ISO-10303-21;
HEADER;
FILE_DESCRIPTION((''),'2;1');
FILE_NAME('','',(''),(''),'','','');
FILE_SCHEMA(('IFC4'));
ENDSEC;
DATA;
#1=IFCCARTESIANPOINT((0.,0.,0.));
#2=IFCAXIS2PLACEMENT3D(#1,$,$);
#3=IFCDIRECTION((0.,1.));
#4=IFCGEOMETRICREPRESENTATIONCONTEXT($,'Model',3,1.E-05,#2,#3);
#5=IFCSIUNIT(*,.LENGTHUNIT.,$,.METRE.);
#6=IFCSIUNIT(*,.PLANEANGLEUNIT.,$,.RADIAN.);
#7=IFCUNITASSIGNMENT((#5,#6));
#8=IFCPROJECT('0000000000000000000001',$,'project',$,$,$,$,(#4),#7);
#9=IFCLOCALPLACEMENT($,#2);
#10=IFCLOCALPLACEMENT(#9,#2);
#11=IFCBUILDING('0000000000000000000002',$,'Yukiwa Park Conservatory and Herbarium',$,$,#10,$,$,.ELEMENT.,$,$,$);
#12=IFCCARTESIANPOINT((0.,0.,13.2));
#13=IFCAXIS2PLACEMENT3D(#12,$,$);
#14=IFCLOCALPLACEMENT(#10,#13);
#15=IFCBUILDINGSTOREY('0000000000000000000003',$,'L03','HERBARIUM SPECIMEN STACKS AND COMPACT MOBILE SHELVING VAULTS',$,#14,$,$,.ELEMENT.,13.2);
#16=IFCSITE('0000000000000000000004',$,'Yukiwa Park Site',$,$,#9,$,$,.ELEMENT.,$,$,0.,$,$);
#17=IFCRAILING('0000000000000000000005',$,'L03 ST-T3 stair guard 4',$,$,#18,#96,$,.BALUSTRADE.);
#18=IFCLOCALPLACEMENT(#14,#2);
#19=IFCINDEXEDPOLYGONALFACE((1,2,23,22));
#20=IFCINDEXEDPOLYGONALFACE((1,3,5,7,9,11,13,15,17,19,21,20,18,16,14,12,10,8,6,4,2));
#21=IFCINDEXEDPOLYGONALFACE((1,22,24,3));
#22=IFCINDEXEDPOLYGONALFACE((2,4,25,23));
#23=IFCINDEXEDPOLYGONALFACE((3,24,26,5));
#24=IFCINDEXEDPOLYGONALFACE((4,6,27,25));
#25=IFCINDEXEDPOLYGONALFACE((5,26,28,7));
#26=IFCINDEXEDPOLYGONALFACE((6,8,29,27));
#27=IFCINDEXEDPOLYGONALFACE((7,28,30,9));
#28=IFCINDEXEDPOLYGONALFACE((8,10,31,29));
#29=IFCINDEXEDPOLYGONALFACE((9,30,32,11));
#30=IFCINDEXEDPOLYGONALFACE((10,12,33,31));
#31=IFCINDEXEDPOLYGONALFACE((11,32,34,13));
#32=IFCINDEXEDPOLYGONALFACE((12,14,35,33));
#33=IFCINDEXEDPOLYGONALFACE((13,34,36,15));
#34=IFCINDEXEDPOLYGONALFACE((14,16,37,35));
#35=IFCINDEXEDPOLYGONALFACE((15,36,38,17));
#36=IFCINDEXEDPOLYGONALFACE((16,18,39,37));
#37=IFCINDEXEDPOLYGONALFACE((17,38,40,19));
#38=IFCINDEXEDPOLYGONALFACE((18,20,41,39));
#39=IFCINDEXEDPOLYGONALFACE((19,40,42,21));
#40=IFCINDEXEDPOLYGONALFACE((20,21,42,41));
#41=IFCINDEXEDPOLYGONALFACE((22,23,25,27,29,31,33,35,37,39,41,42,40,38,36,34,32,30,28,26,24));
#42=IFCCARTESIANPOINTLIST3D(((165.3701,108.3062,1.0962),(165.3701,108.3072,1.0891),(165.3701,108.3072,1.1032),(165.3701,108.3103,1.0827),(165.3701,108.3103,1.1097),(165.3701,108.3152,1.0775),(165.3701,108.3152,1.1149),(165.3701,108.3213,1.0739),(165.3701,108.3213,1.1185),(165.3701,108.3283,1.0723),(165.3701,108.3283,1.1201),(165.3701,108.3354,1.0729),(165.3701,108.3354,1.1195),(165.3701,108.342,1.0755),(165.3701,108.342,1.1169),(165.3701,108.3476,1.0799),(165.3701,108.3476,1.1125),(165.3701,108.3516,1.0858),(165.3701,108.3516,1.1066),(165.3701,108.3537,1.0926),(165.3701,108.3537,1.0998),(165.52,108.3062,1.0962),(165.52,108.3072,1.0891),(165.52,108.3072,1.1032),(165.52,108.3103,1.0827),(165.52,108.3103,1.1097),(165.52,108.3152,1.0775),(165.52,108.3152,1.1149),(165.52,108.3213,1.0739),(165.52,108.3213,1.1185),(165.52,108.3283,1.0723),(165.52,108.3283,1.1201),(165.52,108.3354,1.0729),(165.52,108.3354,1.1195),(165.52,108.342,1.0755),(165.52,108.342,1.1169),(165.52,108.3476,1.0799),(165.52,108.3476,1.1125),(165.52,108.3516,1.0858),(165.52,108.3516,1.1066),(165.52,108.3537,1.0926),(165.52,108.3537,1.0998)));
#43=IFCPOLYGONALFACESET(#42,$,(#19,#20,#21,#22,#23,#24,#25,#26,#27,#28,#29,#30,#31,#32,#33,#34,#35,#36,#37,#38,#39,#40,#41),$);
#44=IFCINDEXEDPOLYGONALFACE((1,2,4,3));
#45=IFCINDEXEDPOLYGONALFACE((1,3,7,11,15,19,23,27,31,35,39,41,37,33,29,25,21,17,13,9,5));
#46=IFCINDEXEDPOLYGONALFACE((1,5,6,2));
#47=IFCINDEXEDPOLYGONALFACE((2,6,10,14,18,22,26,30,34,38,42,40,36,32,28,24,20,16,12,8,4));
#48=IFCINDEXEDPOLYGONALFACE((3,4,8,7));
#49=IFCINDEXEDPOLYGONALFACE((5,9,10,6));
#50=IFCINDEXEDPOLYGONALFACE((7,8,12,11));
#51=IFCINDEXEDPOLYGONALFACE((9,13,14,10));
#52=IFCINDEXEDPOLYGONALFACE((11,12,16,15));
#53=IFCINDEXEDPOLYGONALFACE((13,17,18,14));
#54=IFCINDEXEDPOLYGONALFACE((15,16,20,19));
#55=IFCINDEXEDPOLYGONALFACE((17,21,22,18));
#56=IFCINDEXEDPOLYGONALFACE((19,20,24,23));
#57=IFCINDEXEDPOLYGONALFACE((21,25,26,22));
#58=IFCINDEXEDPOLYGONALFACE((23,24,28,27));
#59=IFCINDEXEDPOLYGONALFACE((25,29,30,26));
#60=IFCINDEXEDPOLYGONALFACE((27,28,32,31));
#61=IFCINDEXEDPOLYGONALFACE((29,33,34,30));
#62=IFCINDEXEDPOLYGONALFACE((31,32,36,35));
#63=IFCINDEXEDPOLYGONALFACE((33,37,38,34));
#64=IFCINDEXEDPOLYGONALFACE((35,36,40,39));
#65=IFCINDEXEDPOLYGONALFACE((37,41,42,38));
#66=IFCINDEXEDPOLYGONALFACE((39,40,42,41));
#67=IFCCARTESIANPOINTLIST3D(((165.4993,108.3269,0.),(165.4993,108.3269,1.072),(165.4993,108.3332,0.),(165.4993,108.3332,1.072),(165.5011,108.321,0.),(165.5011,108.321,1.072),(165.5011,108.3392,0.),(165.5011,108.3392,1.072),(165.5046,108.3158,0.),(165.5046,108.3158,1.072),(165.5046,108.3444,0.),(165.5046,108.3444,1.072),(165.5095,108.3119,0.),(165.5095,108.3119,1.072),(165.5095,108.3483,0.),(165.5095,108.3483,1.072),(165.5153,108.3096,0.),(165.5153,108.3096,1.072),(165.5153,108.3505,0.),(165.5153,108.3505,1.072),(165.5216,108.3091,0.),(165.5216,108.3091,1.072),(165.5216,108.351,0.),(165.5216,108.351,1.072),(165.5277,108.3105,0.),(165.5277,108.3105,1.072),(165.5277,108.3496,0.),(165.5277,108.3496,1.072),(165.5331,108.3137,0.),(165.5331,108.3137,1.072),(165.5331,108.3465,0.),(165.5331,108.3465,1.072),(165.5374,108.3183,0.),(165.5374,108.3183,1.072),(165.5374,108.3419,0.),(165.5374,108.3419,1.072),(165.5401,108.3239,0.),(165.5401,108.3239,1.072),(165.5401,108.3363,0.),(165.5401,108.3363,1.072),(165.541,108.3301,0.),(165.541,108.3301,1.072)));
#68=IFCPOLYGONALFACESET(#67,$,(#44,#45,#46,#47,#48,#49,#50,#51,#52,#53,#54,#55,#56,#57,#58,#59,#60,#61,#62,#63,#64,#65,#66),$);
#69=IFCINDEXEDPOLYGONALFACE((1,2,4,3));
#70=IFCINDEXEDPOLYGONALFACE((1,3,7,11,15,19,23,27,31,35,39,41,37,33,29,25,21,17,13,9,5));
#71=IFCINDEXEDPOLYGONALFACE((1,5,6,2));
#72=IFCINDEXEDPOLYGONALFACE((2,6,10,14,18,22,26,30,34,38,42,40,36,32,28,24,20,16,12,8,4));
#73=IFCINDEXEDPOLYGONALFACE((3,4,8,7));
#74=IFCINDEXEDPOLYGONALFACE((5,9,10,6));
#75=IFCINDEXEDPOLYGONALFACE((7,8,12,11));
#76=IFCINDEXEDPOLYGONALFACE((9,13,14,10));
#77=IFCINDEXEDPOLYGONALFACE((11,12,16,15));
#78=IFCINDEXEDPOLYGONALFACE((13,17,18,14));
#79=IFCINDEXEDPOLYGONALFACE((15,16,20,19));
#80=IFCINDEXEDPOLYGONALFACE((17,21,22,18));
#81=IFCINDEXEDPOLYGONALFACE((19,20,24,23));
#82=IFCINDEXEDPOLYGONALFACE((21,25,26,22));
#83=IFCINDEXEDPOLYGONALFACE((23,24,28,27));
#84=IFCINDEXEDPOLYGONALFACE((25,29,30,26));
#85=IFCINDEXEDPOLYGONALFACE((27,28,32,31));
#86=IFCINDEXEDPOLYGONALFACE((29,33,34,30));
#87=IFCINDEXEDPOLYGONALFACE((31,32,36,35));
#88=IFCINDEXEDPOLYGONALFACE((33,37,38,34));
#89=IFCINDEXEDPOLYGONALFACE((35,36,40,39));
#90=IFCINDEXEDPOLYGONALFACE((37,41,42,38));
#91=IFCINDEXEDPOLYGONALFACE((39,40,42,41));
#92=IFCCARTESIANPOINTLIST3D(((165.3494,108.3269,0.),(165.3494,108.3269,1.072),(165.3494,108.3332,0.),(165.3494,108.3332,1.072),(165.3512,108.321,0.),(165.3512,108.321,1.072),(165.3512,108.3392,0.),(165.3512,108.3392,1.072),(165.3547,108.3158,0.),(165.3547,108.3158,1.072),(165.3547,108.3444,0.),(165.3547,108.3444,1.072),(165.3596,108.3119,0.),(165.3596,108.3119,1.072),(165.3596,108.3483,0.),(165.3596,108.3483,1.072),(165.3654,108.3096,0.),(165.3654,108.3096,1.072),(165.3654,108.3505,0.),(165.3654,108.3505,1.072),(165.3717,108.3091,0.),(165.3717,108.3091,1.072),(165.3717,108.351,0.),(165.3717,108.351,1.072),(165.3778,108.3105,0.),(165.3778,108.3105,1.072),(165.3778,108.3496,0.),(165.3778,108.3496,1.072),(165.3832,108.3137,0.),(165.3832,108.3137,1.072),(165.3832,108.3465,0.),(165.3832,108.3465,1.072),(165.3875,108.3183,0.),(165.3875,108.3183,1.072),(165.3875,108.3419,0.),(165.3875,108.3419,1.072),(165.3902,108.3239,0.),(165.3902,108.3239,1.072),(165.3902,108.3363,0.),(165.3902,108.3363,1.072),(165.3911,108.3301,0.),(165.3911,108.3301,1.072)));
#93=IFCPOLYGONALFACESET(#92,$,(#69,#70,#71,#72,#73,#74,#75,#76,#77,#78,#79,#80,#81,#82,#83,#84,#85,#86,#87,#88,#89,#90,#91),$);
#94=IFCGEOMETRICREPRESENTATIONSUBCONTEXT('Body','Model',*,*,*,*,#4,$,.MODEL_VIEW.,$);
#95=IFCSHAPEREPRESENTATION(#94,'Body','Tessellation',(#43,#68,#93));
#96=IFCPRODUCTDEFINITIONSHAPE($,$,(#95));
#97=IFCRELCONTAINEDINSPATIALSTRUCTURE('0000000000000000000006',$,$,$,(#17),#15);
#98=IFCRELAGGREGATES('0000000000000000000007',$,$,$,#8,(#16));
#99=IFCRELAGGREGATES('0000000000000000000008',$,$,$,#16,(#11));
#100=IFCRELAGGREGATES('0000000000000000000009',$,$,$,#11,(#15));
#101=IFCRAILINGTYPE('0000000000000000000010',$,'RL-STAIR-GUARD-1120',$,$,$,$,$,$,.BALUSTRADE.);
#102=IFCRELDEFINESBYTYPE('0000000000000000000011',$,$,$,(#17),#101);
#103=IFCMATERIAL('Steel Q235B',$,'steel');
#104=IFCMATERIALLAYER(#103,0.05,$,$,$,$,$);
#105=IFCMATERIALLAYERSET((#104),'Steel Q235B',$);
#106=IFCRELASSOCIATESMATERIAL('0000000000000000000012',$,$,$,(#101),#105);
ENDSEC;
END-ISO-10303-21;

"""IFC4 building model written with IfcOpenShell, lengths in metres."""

from ifc_helpers import new_model, si_unit, direction, frame, origin, origin_2d, place, context, subcontext, project, spatial, circle, extrude, material, layer, layer_set, type_object, element, save


model = new_model("IFC4")

# Units and contexts
model_context = context("Model", 3, precision=1e-05, world=origin(), true_north=direction((0.0, 1.0)))
body_context = subcontext(model_context, "Body", "Model", "MODEL_VIEW")
ifc_project = project(units=[si_unit("LENGTHUNIT", "METRE"), si_unit("PLANEANGLEUNIT", "RADIAN")], contexts=[model_context])

# Site, building, storey
site_placement = place(None, origin())
site = spatial("IfcSite", under=ifc_project, at=site_placement, Name="Yukiwa Park Site", CompositionType="ELEMENT", RefElevation=0.0)
building_placement = place(site_placement, origin())
building = spatial("IfcBuilding", under=site, at=building_placement, Name="Yukiwa Park Conservatory and Herbarium", CompositionType="ELEMENT")
storey_placement = place(building_placement, frame((0.0, 0.0, 13.2)))
storey = spatial("IfcBuildingStorey", under=building, at=storey_placement, Name="L03", Description="HERBARIUM SPECIMEN STACKS AND COMPACT MOBILE SHELVING VAULTS", CompositionType="ELEMENT", Elevation=13.2)

# Railing
ifc_material_1 = material(Name="Steel Q235B", Category="steel")
ifc_layer_1 = layer(ifc_material_1, 0.05)
ifc_layer_set_1 = layer_set([ifc_layer_1], Name="Steel Q235B")
railing_type_1 = type_object("IfcRailingType", Name="RL-STAIR-GUARD-1120", PredefinedType="BALUSTRADE", material=ifc_layer_set_1)
railing_1_placement = place(storey_placement, frame((165.52, 108.3301, 0.0)))
element("IfcRailing", 1, at=railing_1_placement, inside=storey, type_object=railing_type_1, Name="L03 ST-T3 stair guard 4", PredefinedType="BALUSTRADE", context=body_context, shape_type="SweptSolid", body=[
    extrude(circle(Radius=0.0239, at=origin_2d()), frame((0.0, 0.0, 1.0962), z_axis=(-1.0, 0.0, 0.0), x_axis=(0.0, -1.0, 0.0)), (0.0, 0.0, 1.0), 0.1499),
    extrude(circle(Radius=0.021, at=origin_2d()), origin(), (0.0, 0.0, 1.0), 1.072),
    extrude(circle(Radius=0.021, at=origin_2d()), frame((-0.1499, 0.0, 0.0)), (0.0, 0.0, 1.0), 1.072),
])

save(model, "model.ifc")
